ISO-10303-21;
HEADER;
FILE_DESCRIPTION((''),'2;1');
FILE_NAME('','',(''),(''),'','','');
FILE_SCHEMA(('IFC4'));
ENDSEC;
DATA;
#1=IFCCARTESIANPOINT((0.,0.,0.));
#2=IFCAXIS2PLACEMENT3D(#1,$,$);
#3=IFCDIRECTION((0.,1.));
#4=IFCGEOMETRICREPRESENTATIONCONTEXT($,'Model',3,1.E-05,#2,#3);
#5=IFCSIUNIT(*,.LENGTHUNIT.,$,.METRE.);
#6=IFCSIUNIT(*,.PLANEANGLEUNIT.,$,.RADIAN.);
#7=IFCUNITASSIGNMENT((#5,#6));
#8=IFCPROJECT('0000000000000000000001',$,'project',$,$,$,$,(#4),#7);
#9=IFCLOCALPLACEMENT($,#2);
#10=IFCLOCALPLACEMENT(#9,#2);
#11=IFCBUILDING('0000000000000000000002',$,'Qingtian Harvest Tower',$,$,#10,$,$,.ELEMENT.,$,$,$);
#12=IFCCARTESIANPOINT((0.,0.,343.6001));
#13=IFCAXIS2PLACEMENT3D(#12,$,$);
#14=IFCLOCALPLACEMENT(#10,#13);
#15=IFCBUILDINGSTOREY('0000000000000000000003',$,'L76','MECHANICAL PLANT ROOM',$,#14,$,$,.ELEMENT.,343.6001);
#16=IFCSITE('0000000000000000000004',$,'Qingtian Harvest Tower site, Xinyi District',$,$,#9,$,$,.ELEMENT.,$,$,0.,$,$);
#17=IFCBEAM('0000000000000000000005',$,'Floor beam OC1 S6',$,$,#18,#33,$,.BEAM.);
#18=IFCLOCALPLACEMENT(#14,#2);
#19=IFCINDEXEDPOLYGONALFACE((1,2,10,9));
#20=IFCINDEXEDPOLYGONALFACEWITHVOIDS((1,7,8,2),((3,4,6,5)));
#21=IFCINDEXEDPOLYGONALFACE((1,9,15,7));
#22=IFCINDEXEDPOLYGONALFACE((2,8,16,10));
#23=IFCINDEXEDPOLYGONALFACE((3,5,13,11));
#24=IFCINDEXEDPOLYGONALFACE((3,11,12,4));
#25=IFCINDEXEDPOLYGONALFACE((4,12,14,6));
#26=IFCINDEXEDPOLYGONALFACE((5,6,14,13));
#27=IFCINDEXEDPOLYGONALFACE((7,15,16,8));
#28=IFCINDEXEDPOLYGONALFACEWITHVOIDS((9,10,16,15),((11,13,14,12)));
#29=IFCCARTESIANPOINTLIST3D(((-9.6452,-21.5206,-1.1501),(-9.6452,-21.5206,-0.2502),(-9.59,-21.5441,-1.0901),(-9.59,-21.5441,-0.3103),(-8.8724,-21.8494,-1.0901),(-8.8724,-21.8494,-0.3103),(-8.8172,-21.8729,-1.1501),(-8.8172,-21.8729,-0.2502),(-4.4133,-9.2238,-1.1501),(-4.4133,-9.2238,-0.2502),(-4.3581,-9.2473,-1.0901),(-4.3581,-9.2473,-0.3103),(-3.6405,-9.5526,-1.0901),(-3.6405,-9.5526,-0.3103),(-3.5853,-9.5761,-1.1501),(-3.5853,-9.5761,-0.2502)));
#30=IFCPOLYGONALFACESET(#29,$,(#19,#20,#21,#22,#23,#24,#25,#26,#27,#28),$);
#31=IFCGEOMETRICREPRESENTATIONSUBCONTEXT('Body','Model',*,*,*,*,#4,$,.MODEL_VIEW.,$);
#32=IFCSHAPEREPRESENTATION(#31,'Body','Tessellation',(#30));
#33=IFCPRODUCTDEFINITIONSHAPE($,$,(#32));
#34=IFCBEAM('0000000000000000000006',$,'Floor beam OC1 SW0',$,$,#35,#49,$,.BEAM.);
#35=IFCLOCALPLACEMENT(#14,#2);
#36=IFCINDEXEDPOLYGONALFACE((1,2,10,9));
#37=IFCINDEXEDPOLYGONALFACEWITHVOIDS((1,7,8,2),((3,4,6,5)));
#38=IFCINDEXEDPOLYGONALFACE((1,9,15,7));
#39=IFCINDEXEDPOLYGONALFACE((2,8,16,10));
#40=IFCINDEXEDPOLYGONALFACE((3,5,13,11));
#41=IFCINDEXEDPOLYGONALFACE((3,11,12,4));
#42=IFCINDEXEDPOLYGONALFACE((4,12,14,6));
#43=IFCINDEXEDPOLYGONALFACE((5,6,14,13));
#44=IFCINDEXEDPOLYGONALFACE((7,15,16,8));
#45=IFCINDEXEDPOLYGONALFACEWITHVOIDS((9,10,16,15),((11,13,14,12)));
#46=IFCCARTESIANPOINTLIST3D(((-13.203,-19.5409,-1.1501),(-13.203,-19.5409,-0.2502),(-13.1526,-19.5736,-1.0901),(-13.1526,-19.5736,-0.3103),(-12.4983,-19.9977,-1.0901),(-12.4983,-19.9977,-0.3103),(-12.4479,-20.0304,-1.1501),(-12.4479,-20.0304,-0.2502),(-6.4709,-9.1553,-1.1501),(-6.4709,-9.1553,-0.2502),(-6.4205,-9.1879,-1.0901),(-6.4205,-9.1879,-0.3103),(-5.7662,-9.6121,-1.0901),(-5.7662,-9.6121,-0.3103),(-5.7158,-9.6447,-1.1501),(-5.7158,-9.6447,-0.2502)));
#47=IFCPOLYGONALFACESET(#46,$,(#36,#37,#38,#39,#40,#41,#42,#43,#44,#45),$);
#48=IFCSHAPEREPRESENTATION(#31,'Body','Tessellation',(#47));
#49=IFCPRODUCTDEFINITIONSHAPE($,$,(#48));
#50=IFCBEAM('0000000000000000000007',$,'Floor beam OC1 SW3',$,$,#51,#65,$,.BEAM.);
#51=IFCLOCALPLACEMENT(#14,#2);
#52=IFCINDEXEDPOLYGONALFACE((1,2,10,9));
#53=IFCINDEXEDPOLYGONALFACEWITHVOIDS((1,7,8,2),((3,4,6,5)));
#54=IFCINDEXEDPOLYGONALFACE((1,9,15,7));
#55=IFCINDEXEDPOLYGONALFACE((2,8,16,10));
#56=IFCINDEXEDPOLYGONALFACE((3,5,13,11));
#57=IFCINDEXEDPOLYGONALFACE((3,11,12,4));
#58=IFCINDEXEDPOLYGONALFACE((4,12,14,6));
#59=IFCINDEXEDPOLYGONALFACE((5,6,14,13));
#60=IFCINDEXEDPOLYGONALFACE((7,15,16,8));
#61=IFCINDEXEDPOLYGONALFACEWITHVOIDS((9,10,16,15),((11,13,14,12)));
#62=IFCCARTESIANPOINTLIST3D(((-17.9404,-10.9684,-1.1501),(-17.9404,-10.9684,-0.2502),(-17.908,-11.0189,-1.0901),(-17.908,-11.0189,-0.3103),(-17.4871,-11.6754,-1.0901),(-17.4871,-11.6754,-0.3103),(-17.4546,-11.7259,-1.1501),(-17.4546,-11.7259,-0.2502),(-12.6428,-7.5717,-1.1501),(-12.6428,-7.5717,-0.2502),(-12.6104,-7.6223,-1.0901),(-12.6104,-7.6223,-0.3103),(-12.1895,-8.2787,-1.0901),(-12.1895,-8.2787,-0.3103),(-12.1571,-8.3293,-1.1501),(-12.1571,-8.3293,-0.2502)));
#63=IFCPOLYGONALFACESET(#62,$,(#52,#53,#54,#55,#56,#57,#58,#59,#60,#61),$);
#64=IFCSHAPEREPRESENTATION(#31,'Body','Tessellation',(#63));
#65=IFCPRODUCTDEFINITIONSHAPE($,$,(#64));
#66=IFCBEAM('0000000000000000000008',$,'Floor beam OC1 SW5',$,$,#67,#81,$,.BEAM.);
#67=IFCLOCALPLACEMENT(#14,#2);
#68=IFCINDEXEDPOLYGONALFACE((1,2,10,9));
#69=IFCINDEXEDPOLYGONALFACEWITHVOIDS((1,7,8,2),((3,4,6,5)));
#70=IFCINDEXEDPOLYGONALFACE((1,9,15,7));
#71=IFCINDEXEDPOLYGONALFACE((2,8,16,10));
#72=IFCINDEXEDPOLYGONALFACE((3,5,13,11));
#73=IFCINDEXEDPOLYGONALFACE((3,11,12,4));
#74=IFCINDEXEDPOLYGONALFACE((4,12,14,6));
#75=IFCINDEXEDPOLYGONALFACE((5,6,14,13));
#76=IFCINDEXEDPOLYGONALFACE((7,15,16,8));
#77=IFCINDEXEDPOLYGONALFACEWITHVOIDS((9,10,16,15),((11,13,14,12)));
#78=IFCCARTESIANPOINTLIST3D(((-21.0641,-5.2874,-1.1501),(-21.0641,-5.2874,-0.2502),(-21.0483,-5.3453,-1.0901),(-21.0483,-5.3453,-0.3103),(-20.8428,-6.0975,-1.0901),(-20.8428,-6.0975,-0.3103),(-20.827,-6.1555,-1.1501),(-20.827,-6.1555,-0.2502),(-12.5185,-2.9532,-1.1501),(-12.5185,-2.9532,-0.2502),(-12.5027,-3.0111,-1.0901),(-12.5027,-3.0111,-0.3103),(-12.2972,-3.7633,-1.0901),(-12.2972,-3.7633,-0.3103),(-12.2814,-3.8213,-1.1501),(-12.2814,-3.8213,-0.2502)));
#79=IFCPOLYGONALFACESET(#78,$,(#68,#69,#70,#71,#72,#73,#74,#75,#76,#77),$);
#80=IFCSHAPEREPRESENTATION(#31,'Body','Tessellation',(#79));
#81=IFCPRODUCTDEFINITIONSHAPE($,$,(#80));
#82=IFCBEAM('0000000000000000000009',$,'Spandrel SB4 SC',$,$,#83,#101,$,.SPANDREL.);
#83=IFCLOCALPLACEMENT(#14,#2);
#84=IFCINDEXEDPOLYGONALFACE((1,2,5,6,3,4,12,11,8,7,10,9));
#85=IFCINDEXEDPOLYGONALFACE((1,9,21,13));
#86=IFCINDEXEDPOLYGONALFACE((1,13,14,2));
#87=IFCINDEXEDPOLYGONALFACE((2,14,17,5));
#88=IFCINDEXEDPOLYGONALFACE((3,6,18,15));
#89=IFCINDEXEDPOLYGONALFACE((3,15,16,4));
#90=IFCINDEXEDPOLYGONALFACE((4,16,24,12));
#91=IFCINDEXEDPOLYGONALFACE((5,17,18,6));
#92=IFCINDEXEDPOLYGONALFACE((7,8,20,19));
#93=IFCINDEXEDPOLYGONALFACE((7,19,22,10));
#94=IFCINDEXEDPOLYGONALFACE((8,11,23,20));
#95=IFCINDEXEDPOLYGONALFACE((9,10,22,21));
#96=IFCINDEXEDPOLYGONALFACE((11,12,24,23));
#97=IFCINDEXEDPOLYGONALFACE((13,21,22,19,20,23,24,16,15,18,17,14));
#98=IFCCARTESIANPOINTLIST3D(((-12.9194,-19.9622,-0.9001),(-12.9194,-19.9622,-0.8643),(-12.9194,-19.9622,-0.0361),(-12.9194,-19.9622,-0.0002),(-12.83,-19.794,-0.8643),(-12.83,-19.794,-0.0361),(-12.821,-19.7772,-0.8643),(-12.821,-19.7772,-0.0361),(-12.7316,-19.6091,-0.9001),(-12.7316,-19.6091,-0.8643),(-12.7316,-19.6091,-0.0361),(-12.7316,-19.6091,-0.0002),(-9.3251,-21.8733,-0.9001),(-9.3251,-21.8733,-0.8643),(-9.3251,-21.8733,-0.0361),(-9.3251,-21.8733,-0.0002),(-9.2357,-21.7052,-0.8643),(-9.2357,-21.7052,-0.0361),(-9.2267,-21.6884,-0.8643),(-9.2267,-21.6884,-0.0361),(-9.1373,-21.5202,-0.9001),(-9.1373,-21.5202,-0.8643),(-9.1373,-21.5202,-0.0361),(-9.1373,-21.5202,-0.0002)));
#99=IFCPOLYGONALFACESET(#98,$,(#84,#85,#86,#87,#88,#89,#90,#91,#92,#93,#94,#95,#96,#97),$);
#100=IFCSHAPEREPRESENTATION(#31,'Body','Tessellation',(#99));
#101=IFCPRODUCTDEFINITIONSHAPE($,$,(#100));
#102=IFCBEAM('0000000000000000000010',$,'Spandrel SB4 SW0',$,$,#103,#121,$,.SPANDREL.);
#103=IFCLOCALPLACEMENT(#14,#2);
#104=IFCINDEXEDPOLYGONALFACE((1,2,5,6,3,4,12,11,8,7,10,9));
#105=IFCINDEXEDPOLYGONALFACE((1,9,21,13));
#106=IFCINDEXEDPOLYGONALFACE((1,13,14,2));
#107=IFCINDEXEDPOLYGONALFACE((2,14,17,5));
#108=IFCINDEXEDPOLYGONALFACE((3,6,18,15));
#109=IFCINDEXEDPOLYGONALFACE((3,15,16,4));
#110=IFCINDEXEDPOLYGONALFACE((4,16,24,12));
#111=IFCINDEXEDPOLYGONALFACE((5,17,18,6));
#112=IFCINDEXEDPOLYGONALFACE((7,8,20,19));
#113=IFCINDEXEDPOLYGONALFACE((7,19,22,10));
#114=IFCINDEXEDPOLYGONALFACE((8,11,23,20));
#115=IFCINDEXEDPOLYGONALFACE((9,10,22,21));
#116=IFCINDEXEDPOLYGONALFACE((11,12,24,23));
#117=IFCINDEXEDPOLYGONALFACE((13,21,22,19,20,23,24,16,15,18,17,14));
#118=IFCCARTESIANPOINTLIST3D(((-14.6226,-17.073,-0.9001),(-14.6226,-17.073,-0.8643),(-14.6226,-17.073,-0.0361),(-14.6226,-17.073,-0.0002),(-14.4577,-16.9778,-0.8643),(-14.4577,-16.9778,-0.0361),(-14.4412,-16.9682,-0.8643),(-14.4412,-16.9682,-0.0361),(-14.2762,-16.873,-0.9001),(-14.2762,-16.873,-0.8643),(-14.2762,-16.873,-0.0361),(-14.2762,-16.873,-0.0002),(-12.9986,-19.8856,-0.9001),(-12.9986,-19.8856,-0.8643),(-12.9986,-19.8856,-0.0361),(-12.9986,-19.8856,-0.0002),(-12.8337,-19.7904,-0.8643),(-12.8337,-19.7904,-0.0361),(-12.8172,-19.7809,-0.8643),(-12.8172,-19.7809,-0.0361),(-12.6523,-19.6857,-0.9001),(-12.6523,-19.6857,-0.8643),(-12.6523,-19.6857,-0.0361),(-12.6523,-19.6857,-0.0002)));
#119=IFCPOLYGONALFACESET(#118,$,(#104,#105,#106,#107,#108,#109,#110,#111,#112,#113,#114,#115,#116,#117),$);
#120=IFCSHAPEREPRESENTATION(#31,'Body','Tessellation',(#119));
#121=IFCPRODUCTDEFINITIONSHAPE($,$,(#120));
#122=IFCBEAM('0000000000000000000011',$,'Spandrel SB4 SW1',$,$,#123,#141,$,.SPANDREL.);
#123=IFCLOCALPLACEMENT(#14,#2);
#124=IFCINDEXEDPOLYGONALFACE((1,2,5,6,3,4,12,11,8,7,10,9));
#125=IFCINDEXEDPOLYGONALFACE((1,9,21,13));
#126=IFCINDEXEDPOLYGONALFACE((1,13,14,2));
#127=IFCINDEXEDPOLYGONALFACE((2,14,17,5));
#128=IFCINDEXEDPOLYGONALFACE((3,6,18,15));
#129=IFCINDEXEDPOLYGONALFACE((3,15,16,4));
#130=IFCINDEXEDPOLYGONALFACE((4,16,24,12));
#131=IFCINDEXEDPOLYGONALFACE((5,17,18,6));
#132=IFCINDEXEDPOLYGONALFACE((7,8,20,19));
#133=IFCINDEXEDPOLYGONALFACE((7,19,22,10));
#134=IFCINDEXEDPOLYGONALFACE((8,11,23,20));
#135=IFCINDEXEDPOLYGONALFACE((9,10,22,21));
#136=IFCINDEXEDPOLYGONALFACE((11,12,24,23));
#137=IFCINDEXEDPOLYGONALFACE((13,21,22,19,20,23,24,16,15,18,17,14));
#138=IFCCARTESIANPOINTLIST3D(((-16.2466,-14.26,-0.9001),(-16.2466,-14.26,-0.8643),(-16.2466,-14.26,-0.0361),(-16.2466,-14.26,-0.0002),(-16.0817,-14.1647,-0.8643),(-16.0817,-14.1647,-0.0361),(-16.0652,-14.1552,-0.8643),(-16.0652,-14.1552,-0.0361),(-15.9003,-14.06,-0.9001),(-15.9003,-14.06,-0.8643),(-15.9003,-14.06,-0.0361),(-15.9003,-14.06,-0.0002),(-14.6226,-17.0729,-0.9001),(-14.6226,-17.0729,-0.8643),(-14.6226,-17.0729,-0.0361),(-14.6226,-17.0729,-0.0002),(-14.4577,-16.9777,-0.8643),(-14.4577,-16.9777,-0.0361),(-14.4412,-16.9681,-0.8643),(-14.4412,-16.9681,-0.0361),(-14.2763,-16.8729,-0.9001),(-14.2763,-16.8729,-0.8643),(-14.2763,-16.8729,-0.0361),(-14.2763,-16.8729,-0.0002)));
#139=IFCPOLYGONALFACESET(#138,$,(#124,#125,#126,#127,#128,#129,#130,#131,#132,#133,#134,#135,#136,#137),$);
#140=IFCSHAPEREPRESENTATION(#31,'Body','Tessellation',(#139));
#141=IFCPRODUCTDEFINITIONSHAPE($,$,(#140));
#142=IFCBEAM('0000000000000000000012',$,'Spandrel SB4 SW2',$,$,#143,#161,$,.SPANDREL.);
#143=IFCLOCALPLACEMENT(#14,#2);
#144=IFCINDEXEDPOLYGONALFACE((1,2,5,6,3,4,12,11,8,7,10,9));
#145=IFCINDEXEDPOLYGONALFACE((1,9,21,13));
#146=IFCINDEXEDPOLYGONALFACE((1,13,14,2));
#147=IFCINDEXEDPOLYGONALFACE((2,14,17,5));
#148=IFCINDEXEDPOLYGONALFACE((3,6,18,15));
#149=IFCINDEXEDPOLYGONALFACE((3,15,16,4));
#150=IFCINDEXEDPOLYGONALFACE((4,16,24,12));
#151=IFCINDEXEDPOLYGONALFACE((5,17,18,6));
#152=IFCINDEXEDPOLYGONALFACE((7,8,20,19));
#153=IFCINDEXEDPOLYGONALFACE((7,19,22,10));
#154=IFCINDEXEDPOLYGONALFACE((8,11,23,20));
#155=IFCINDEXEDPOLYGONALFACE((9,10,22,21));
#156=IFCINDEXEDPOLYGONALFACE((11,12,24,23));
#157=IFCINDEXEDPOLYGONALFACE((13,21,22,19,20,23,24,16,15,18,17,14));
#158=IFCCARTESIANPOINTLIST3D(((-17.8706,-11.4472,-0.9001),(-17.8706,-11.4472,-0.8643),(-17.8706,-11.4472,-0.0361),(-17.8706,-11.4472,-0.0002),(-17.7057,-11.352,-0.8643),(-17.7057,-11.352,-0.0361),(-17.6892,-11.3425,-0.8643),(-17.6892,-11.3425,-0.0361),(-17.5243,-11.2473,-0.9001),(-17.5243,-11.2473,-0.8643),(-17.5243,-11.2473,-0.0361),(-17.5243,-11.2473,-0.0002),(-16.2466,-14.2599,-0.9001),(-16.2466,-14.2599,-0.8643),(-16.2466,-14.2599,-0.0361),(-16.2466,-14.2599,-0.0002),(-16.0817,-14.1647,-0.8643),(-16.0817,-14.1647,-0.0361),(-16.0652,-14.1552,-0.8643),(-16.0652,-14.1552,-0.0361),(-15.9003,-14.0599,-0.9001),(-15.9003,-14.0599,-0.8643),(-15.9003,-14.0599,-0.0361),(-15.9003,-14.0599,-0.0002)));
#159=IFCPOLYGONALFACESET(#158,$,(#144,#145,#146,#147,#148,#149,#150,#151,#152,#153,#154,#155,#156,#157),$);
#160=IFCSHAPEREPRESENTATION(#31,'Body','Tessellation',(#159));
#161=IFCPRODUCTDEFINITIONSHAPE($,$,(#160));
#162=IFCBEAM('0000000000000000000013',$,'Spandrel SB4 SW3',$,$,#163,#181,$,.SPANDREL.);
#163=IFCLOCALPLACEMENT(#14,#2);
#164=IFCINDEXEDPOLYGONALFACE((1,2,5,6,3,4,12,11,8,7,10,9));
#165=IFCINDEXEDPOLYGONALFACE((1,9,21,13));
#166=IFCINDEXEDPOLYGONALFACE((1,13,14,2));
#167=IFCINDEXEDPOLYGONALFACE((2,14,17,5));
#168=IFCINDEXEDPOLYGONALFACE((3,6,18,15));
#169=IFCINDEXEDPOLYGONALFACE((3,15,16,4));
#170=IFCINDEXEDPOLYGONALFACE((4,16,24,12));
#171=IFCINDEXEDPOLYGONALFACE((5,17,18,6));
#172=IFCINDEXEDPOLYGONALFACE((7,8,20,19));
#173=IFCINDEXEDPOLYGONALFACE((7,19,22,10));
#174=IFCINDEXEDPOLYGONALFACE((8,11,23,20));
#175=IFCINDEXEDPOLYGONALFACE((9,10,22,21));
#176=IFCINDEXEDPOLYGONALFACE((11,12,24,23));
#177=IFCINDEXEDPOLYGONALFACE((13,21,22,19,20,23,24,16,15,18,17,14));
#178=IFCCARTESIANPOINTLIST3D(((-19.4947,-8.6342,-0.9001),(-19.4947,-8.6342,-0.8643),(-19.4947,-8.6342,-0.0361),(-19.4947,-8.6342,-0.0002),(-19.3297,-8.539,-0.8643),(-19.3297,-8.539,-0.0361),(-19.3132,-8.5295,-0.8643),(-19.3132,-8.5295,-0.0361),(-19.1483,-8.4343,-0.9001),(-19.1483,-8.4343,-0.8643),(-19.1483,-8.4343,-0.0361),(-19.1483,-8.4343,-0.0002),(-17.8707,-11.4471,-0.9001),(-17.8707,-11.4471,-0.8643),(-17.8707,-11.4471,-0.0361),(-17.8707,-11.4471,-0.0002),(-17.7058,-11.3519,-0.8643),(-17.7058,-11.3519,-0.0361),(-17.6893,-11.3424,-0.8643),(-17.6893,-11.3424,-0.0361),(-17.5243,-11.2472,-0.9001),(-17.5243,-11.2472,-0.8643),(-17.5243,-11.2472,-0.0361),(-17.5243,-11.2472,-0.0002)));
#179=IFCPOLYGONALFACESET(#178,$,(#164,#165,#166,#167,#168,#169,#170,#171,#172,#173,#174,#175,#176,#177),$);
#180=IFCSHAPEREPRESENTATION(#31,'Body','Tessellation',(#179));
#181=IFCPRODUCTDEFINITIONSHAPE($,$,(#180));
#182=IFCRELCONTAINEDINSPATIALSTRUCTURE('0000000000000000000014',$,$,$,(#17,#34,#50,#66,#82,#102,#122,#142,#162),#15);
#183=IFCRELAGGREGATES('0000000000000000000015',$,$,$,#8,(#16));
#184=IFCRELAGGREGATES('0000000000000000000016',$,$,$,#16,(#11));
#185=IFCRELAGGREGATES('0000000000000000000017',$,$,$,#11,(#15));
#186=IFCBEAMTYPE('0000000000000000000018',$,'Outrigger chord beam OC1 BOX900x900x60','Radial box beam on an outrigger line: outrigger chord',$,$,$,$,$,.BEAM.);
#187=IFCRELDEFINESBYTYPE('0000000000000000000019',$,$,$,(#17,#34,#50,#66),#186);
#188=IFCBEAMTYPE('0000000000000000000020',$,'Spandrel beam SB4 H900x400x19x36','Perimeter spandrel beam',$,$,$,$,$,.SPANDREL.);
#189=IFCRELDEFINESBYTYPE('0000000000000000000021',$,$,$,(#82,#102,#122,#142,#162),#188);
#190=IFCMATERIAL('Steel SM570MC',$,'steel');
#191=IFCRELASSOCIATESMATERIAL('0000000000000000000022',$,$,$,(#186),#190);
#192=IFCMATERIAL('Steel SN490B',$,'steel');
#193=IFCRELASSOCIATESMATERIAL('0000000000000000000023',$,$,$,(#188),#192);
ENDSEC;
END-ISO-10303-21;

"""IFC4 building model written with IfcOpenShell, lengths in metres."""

from ifc_helpers import new_model, si_unit, direction, frame, origin, origin_2d, place, context, subcontext, project, spatial, hollow_rectangle, i_section, extrude, material, material_profile, profile_set, type_object, element, save


model = new_model("IFC4")

# Units and contexts
model_context = context("Model", 3, precision=1e-05, world=origin(), true_north=direction((0.0, 1.0)))
body_context = subcontext(model_context, "Body", "Model", "MODEL_VIEW")
ifc_project = project(units=[si_unit("LENGTHUNIT", "METRE"), si_unit("PLANEANGLEUNIT", "RADIAN")], contexts=[model_context])

# Site, building, storey
site_placement = place(None, origin())
site = spatial("IfcSite", under=ifc_project, at=site_placement, Name="Qingtian Harvest Tower site, Xinyi District", CompositionType="ELEMENT", RefElevation=0.0)
building_placement = place(site_placement, origin())
building = spatial("IfcBuilding", under=site, at=building_placement, Name="Qingtian Harvest Tower", CompositionType="ELEMENT")
storey_placement = place(building_placement, frame((0.0, 0.0, 343.6001)))
storey = spatial("IfcBuildingStorey", under=building, at=storey_placement, Name="L76", Description="MECHANICAL PLANT ROOM", CompositionType="ELEMENT", Elevation=343.6001)

# Beams
ifc_material_1 = material(Name="Steel SM570MC", Category="steel")
ifc_material_profile_1 = material_profile(ifc_material_1, hollow_rectangle(XDim=0.8999, YDim=0.8999, WallThickness=0.0601, at=origin_2d()), Name="BOX900x900x60")
ifc_profile_set_1 = profile_set([ifc_material_profile_1], Name="Steel SM570MC")
beam_type_1 = type_object("IfcBeamType", Name="Outrigger chord beam OC1 BOX900x900x60", Description="Radial box beam on an outrigger line: outrigger chord", PredefinedType="BEAM", material=ifc_profile_set_1)
beam_1_placement = place(storey_placement, frame((-9.2312, -21.6968, -0.7002), z_axis=(0.391506, 0.920176, 0.0), x_axis=(-0.920176, 0.391506, 0.0)))
element("IfcBeam", 1, at=beam_1_placement, inside=storey, type_object=beam_type_1, Name="Floor beam OC1 S6", PredefinedType="BEAM", context=body_context, shape_type="SweptSolid", body=[
    extrude(hollow_rectangle(XDim=0.8999, YDim=0.8999, WallThickness=0.0601, at=origin_2d()), origin(), (0.0, 0.0, 1.0), 13.3635),
])
beam_2_placement = place(storey_placement, frame((-12.8254, -19.7856, -0.7002), z_axis=(0.543934, 0.839128, 0.0), x_axis=(-0.839128, 0.543934, 0.0)))
element("IfcBeam", 2, at=beam_2_placement, inside=storey, type_object=beam_type_1, Name="Floor beam OC1 SW0", PredefinedType="BEAM", context=body_context, shape_type="SweptSolid", body=[
    extrude(hollow_rectangle(XDim=0.8999, YDim=0.8999, WallThickness=0.0601, at=origin_2d()), origin(), (0.0, 0.0, 1.0), 12.3767),
])
beam_3_placement = place(storey_placement, frame((-17.6975, -11.3472, -0.7002), z_axis=(0.841819, 0.539759, 0.0), x_axis=(-0.539759, 0.841819, 0.0)))
element("IfcBeam", 3, at=beam_3_placement, inside=storey, type_object=beam_type_1, Name="Floor beam OC1 SW3", PredefinedType="BEAM", context=body_context, shape_type="SweptSolid", body=[
    extrude(hollow_rectangle(XDim=0.8999, YDim=0.8999, WallThickness=0.0601, at=origin_2d()), origin(), (0.0, 0.0, 1.0), 6.293),
])
beam_4_placement = place(storey_placement, frame((-20.9456, -5.7214, -0.7002), z_axis=(0.964661, 0.263495, 0.0), x_axis=(-0.263495, 0.964661, 0.0)))
element("IfcBeam", 4, at=beam_4_placement, inside=storey, type_object=beam_type_1, Name="Floor beam OC1 SW5", PredefinedType="BEAM", context=body_context, shape_type="SweptSolid", body=[
    extrude(hollow_rectangle(XDim=0.8999, YDim=0.8999, WallThickness=0.0601, at=origin_2d()), origin(), (0.0, 0.0, 1.0), 8.8586),
])
ifc_material_2 = material(Name="Steel SN490B", Category="steel")
ifc_material_profile_2 = material_profile(ifc_material_2, i_section(OverallWidth=0.3999, OverallDepth=0.8999, WebThickness=0.019, FlangeThickness=0.0359, at=origin_2d()), Name="H900x400x19x36")
ifc_profile_set_2 = profile_set([ifc_material_profile_2], Name="Steel SN490B")
beam_type_2 = type_object("IfcBeamType", Name="Spandrel beam SB4 H900x400x19x36", Description="Perimeter spandrel beam", PredefinedType="SPANDREL", material=ifc_profile_set_2)
beam_5_placement = place(storey_placement, frame((-9.2312, -21.6968, -0.4502), z_axis=(-0.882943, 0.46948, 0.0), x_axis=(-0.46948, -0.882943, 0.0)))
element("IfcBeam", 5, at=beam_5_placement, inside=storey, type_object=beam_type_2, Name="Spandrel SB4 SC", PredefinedType="SPANDREL", context=body_context, shape_type="SweptSolid", body=[
    extrude(i_section(OverallWidth=0.3999, OverallDepth=0.8999, WebThickness=0.019, FlangeThickness=0.0359, at=origin_2d()), origin(), (0.0, 0.0, 1.0), 4.0708),
])
beam_6_placement = place(storey_placement, frame((-12.8254, -19.7856, -0.4502), z_axis=(-0.50002, 0.866014, 0.0), x_axis=(-0.866014, -0.50002, 0.0)))
element("IfcBeam", 6, at=beam_6_placement, inside=storey, type_object=beam_type_2, Name="Spandrel SB4 SW0", PredefinedType="SPANDREL", context=body_context, shape_type="SweptSolid", body=[
    extrude(i_section(OverallWidth=0.3999, OverallDepth=0.8999, WebThickness=0.019, FlangeThickness=0.0359, at=origin_2d()), origin(), (0.0, 0.0, 1.0), 3.2478),
])
beam_7_placement = place(storey_placement, frame((-14.4495, -16.9729, -0.4502), z_axis=(-0.499987, 0.866033, 0.0), x_axis=(-0.866033, -0.499987, 0.0)))
element("IfcBeam", 7, at=beam_7_placement, inside=storey, type_object=beam_type_2, Name="Spandrel SB4 SW1", PredefinedType="SPANDREL", context=body_context, shape_type="SweptSolid", body=[
    extrude(i_section(OverallWidth=0.3999, OverallDepth=0.8999, WebThickness=0.019, FlangeThickness=0.0359, at=origin_2d()), origin(), (0.0, 0.0, 1.0), 3.248),
])
beam_8_placement = place(storey_placement, frame((-16.0735, -14.1599, -0.4502), z_axis=(-0.50002, 0.866014, 0.0), x_axis=(-0.866014, -0.50002, 0.0)))
element("IfcBeam", 8, at=beam_8_placement, inside=storey, type_object=beam_type_2, Name="Spandrel SB4 SW2", PredefinedType="SPANDREL", context=body_context, shape_type="SweptSolid", body=[
    extrude(i_section(OverallWidth=0.3999, OverallDepth=0.8999, WebThickness=0.019, FlangeThickness=0.0359, at=origin_2d()), origin(), (0.0, 0.0, 1.0), 3.2478),
])
beam_9_placement = place(storey_placement, frame((-17.6975, -11.3472, -0.4502), z_axis=(-0.499987, 0.866033, 0.0), x_axis=(-0.866033, -0.499987, 0.0)))
element("IfcBeam", 9, at=beam_9_placement, inside=storey, type_object=beam_type_2, Name="Spandrel SB4 SW3", PredefinedType="SPANDREL", context=body_context, shape_type="SweptSolid", body=[
    extrude(i_section(OverallWidth=0.3999, OverallDepth=0.8999, WebThickness=0.019, FlangeThickness=0.0359, at=origin_2d()), origin(), (0.0, 0.0, 1.0), 3.248),
])

save(model, "model.ifc")
